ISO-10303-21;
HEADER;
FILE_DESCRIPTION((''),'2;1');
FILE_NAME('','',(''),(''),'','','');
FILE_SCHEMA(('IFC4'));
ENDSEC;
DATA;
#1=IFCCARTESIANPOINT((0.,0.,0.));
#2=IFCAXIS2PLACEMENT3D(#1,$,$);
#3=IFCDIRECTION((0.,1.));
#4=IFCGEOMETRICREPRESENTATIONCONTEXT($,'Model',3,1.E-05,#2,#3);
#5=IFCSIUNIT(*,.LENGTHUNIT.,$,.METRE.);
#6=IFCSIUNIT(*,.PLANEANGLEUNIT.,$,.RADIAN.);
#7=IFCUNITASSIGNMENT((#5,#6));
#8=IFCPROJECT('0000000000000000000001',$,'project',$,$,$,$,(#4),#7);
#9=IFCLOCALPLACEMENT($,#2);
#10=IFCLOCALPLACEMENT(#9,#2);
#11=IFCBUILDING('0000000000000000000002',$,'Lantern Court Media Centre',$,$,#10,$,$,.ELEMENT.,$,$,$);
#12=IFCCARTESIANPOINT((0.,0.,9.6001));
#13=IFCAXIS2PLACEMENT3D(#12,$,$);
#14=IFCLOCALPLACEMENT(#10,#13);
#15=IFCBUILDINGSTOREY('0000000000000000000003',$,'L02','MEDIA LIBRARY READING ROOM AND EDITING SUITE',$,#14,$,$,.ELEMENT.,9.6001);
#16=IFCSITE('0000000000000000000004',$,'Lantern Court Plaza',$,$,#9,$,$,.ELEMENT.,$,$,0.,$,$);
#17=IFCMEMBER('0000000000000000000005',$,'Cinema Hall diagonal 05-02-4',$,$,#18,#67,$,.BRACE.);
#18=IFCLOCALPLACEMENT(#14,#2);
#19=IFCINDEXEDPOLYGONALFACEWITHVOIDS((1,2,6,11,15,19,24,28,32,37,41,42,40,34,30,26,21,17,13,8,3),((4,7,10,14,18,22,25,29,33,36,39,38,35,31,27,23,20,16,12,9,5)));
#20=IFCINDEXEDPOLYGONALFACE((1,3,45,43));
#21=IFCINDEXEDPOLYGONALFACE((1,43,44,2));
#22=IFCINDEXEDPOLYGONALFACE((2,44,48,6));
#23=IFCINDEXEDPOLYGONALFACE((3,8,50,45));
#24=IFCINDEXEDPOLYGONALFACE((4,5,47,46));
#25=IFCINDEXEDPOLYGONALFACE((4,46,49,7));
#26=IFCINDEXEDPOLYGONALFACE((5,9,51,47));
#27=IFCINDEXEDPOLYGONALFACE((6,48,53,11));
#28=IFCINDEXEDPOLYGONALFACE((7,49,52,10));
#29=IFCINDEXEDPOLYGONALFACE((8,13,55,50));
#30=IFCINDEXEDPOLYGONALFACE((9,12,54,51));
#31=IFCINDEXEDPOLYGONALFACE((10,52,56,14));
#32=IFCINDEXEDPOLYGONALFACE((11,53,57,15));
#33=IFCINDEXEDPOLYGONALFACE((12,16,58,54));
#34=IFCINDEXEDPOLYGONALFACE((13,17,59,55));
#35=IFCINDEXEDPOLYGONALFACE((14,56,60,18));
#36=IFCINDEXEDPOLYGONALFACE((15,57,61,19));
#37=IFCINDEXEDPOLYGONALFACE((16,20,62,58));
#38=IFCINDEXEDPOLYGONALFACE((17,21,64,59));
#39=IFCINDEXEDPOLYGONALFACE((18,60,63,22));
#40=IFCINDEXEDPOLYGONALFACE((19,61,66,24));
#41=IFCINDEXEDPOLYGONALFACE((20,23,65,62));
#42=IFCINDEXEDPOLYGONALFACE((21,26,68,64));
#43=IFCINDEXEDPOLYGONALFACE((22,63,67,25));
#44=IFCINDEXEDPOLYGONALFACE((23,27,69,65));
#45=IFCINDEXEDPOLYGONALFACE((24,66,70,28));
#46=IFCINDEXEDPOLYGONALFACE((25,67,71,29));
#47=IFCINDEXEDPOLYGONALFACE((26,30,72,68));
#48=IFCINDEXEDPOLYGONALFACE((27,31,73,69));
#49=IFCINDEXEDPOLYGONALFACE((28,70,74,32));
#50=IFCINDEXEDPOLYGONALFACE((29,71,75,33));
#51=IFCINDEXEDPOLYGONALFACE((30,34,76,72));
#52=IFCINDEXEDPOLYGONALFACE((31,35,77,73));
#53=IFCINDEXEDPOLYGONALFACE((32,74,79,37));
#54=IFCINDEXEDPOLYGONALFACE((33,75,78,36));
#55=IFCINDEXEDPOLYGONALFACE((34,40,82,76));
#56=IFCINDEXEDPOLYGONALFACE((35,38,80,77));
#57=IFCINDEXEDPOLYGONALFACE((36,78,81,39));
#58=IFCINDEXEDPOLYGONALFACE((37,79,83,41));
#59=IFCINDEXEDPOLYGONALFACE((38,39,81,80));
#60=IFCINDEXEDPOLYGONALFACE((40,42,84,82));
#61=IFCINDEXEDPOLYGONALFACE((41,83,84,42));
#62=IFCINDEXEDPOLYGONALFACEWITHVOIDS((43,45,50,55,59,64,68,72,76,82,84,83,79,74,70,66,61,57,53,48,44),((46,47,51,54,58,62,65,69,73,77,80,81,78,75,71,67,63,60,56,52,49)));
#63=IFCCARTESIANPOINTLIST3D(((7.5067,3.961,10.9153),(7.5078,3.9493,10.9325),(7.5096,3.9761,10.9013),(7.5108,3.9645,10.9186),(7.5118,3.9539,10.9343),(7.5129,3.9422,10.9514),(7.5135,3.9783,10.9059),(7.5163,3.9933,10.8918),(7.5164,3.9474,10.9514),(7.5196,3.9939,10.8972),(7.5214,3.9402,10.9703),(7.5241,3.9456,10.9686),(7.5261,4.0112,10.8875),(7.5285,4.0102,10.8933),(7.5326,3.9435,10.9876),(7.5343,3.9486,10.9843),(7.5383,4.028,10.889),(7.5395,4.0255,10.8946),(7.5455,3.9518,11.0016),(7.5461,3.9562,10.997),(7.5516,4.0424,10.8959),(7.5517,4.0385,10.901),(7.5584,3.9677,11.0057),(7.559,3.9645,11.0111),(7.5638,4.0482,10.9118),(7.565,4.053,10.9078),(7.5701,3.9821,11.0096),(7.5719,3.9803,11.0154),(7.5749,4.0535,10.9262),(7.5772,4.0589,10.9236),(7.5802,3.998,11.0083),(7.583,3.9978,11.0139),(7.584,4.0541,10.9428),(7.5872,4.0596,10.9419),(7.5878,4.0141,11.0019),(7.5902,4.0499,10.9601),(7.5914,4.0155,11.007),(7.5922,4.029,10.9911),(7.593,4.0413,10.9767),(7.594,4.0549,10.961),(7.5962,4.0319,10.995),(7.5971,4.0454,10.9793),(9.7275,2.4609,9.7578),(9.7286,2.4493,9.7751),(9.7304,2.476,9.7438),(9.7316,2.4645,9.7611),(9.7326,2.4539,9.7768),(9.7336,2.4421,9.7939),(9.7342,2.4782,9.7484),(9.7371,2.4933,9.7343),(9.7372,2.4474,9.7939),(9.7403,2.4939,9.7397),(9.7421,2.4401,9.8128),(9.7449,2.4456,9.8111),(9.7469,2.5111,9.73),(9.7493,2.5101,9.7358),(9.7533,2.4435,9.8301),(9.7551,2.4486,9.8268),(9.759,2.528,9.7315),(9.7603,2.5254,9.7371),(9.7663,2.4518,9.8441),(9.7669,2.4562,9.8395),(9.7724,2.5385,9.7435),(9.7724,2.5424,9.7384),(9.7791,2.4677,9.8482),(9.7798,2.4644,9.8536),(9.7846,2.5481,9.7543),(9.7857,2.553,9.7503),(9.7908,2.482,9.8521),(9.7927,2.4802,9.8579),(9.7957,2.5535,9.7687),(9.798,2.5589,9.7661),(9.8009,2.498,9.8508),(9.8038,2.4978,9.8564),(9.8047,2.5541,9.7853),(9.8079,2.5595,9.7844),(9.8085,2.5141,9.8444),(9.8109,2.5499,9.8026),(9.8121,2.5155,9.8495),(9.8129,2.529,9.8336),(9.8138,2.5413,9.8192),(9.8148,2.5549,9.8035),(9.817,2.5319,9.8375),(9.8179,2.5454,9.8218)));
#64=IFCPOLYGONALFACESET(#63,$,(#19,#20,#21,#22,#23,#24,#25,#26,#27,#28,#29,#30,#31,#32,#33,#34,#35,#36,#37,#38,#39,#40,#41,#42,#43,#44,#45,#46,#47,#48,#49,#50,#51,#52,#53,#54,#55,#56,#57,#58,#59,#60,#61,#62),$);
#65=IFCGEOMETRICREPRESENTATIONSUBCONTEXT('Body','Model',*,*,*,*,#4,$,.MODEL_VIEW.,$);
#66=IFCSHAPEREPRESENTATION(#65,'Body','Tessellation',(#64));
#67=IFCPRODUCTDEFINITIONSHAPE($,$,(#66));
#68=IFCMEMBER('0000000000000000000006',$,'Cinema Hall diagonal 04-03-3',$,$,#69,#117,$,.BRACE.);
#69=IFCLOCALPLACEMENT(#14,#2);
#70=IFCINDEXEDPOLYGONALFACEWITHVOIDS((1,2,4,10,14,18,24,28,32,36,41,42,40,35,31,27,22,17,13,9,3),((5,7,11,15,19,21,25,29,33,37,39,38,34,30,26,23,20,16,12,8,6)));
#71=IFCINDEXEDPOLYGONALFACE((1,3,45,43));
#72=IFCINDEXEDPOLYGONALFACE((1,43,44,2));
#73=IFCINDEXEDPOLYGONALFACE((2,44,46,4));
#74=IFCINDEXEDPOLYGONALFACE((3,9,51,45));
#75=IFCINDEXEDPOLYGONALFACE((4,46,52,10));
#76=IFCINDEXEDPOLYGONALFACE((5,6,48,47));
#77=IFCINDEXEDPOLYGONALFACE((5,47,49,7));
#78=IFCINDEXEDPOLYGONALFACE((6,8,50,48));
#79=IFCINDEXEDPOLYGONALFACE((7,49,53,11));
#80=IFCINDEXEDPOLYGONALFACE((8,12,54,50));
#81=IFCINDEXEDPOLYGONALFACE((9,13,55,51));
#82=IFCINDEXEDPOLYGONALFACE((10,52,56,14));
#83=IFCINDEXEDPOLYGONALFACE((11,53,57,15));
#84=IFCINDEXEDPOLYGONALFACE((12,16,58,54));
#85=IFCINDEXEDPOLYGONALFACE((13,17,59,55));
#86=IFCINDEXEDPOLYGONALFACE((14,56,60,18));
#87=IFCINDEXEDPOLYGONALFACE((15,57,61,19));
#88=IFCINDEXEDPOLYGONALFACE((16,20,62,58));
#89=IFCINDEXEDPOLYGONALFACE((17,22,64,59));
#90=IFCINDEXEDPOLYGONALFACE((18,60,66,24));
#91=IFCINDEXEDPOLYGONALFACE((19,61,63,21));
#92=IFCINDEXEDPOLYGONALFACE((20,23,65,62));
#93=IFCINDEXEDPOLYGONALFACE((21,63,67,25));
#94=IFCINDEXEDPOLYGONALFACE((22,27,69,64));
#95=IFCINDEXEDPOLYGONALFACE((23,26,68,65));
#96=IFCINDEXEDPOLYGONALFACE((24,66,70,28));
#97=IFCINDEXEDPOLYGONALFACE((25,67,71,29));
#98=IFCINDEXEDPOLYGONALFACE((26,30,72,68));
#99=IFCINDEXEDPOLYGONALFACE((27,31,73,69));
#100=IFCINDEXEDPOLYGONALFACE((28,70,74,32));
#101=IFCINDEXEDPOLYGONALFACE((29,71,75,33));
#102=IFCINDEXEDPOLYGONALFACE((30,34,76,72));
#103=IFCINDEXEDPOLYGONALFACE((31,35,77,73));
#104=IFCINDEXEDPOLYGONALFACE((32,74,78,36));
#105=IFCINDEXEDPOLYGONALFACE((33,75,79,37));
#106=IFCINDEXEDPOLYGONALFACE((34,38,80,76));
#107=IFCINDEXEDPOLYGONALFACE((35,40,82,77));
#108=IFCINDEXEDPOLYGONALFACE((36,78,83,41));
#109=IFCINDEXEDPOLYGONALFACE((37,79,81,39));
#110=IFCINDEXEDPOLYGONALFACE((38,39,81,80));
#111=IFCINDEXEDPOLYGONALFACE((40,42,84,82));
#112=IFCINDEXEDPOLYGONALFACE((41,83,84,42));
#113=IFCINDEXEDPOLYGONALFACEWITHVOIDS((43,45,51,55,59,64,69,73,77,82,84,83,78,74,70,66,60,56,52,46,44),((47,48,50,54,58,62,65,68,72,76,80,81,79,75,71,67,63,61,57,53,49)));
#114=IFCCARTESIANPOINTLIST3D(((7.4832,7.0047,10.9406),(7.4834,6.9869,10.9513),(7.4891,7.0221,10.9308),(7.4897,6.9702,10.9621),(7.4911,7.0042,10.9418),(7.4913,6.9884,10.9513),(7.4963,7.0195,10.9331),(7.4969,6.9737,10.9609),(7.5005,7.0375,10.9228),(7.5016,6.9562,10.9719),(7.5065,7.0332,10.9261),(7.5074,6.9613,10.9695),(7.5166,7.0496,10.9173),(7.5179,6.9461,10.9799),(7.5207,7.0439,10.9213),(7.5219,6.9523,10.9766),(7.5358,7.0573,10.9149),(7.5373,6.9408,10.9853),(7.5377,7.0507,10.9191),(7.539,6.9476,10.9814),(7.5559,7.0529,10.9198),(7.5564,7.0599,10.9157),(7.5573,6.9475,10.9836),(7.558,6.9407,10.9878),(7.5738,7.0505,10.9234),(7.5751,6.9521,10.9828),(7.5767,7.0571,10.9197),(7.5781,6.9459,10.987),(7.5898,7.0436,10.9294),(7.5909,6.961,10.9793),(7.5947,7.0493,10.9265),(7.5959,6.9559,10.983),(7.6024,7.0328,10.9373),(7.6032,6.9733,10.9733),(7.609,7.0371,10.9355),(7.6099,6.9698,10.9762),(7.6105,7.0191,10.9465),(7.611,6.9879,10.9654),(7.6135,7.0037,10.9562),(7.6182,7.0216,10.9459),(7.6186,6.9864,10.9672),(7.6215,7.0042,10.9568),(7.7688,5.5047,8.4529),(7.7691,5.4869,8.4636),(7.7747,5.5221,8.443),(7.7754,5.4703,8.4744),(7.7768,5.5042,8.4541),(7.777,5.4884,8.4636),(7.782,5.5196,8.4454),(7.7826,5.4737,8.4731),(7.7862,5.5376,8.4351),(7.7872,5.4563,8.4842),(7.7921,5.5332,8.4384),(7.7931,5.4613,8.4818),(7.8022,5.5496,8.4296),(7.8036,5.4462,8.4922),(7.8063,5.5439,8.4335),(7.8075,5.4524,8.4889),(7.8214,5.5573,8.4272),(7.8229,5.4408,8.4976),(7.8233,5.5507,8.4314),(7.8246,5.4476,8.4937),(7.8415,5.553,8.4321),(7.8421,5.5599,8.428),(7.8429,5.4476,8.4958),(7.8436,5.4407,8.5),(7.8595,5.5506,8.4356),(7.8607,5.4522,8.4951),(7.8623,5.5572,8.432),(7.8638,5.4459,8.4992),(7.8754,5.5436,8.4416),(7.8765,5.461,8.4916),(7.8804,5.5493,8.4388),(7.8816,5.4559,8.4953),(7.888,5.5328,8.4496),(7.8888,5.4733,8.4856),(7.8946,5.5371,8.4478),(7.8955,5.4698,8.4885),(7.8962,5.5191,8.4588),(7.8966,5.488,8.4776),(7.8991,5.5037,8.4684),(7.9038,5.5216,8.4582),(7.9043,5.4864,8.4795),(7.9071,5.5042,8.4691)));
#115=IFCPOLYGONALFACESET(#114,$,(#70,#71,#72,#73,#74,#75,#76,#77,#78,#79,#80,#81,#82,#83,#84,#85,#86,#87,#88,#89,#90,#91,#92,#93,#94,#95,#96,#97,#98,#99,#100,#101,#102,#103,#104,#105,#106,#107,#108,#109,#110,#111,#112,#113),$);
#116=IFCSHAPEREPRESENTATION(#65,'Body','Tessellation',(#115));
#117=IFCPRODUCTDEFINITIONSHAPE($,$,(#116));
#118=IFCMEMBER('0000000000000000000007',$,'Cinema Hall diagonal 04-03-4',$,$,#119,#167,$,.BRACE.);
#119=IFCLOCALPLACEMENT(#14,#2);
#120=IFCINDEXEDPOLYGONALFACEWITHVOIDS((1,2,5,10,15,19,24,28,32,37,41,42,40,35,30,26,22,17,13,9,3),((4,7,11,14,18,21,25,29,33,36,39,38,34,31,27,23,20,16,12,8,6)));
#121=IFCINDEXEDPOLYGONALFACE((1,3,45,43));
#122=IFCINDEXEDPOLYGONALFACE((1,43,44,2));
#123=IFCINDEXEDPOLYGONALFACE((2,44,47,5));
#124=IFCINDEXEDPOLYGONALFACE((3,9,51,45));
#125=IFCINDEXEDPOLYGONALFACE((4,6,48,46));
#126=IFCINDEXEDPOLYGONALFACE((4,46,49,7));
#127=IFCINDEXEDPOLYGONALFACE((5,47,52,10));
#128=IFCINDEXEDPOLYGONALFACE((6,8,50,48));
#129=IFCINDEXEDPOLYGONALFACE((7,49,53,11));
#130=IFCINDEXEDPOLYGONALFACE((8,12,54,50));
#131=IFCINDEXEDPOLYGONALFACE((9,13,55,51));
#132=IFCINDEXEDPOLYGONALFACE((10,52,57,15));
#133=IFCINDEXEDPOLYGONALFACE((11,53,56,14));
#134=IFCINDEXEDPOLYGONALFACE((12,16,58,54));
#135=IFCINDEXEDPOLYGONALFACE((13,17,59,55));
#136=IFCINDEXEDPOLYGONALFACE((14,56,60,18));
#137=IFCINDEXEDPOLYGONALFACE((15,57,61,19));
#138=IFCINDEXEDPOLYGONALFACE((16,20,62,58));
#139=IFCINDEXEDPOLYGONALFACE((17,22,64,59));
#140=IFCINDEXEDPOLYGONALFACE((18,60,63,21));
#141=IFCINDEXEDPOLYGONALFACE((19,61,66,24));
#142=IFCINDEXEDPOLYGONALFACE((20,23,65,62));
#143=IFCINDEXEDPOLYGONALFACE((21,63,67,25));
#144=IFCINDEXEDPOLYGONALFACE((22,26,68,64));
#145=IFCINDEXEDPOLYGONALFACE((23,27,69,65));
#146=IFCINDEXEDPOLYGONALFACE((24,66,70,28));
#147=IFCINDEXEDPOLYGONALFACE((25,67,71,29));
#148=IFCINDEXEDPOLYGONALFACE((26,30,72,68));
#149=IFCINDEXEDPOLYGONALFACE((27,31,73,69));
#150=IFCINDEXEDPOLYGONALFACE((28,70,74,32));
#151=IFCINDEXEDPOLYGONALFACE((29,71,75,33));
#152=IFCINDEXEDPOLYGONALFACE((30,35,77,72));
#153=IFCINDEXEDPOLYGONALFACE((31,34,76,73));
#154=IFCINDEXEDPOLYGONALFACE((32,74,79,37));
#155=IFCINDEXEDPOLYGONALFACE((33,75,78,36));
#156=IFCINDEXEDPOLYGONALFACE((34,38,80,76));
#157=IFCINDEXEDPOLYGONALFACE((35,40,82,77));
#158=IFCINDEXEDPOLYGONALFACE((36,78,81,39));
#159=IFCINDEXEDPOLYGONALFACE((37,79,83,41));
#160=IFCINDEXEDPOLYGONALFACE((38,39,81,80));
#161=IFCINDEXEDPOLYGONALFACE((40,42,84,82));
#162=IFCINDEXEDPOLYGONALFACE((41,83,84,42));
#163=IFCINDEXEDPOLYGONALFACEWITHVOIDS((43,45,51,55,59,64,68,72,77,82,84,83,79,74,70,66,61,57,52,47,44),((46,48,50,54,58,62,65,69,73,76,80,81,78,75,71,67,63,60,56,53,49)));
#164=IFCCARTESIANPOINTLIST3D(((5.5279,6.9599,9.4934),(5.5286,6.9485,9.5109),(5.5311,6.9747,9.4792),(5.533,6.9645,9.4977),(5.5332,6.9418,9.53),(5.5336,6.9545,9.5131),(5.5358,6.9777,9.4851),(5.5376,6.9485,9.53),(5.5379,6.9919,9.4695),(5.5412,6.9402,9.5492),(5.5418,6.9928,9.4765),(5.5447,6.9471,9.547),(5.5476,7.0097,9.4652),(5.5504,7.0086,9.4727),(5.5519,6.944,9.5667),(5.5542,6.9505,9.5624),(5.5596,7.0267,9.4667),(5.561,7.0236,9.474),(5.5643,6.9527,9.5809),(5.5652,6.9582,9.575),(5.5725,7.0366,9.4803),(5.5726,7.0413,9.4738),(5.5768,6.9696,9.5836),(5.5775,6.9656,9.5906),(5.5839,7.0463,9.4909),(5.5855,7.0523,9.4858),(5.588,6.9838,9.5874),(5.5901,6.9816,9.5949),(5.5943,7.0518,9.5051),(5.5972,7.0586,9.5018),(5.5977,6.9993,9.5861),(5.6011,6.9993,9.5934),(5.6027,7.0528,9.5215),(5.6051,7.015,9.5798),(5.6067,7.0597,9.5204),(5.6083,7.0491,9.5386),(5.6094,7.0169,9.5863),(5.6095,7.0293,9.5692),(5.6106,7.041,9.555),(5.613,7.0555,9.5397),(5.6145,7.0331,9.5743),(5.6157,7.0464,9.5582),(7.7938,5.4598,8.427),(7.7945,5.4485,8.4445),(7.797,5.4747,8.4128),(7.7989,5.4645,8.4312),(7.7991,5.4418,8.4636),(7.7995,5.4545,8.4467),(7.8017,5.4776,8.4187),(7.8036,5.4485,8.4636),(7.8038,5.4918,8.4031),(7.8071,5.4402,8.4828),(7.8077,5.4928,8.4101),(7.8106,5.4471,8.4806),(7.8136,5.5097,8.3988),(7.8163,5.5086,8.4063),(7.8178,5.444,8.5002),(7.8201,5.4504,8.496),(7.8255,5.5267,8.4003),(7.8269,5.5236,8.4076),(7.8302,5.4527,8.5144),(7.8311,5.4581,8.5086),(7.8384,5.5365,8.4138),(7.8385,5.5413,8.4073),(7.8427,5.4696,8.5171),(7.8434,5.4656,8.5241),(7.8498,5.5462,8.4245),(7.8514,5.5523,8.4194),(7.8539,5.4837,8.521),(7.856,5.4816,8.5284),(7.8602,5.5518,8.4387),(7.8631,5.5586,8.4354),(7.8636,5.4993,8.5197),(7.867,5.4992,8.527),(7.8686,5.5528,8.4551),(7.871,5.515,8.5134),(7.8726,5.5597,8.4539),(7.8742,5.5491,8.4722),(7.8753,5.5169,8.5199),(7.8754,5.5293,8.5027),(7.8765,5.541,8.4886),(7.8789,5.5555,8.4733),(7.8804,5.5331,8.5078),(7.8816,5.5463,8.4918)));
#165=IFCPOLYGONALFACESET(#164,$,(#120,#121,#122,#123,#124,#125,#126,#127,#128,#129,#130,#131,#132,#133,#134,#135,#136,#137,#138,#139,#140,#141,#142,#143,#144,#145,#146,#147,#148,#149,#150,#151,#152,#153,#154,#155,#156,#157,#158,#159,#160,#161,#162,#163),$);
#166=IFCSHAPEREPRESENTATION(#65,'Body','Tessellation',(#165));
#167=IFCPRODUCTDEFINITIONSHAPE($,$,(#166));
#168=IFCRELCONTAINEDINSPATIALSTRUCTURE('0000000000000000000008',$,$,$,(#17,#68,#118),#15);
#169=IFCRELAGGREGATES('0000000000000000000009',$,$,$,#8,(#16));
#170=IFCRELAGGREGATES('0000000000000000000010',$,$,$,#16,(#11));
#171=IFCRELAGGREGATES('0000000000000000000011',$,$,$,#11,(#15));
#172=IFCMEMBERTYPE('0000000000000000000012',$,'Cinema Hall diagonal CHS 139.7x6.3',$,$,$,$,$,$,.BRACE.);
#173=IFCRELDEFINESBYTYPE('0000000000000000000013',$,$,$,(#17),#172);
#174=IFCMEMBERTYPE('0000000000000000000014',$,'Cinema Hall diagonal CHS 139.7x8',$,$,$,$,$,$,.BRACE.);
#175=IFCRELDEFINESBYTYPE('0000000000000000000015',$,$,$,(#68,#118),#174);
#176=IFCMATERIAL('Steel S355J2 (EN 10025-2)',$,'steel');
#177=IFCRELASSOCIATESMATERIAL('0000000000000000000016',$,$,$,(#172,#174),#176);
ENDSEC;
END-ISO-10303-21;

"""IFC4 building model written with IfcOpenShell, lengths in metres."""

from ifc_helpers import new_model, si_unit, direction, frame, origin, origin_2d, place, context, subcontext, project, spatial, hollow_circle, extrude, material, material_profile, profile_set, type_object, element, save


model = new_model("IFC4")

# Units and contexts
model_context = context("Model", 3, precision=1e-05, world=origin(), true_north=direction((0.0, 1.0)))
body_context = subcontext(model_context, "Body", "Model", "MODEL_VIEW")
ifc_project = project(units=[si_unit("LENGTHUNIT", "METRE"), si_unit("PLANEANGLEUNIT", "RADIAN")], contexts=[model_context])

# Site, building, storey
site_placement = place(None, origin())
site = spatial("IfcSite", under=ifc_project, at=site_placement, Name="Lantern Court Plaza", CompositionType="ELEMENT", RefElevation=0.0)
building_placement = place(site_placement, origin())
building = spatial("IfcBuilding", under=site, at=building_placement, Name="Lantern Court Media Centre", CompositionType="ELEMENT")
storey_placement = place(building_placement, frame((0.0, 0.0, 9.6001)))
storey = spatial("IfcBuildingStorey", under=building, at=storey_placement, Name="L02", Description="MEDIA LIBRARY READING ROOM AND EDITING SUITE", CompositionType="ELEMENT", Elevation=9.6001)

# Members
ifc_material = material(Name="Steel S355J2 (EN 10025-2)", Category="steel")
ifc_material_profile_1 = material_profile(ifc_material, hollow_circle(Radius=0.0698, WallThickness=0.0063, at=origin_2d()), Name="Cinema Hall diagonal CHS 139.7x6.3")
ifc_profile_set_1 = profile_set([ifc_material_profile_1], Name="Steel S355J2 (EN 10025-2)")
member_type_1 = type_object("IfcMemberType", Name="Cinema Hall diagonal CHS 139.7x6.3", PredefinedType="BRACE", material=ifc_profile_set_1)
member_1_placement = place(storey_placement, frame((9.7727, 2.5, 9.7939), z_axis=(-0.760744, 0.513854, 0.396514), x_axis=(-0.559736, -0.828671, 0.0)))
element("IfcMember", 1, at=member_1_placement, inside=storey, type_object=member_type_1, Name="Cinema Hall diagonal 05-02-4", PredefinedType="BRACE", context=body_context, shape_type="SweptSolid", body=[
    extrude(hollow_circle(Radius=0.0698, WallThickness=0.0063, at=origin_2d()), origin(), (0.0, 0.0, 1.0), 2.9192),
])
ifc_material_profile_2 = material_profile(ifc_material, hollow_circle(Radius=0.0698, WallThickness=0.0081, at=origin_2d()), Name="Cinema Hall diagonal CHS 139.7x8")
ifc_profile_set_2 = profile_set([ifc_material_profile_2], Name="Steel S355J2 (EN 10025-2)")
member_type_2 = type_object("IfcMemberType", Name="Cinema Hall diagonal CHS 139.7x8", PredefinedType="BRACE", material=ifc_profile_set_2)
member_2_placement = place(storey_placement, frame((7.8376, 5.5, 8.4636), z_axis=(-0.097856, 0.51387, 0.852268), x_axis=(-0.982347, -0.187068, 0.0)))
element("IfcMember", 2, at=member_2_placement, inside=storey, type_object=member_type_2, Name="Cinema Hall diagonal 04-03-3", PredefinedType="BRACE", context=body_context, shape_type="SweptSolid", body=[
    extrude(hollow_circle(Radius=0.0698, WallThickness=0.0081, at=origin_2d()), origin(), (0.0, 0.0, 1.0), 2.9189),
])
for number, where, z_axis, x_axis, name in (
    (3, (7.8376, 5.5, 8.4636), (-0.776211, 0.51385, 0.365315), (-0.552002, -0.833843, 0.0), "Cinema Hall diagonal 04-03-4"),
):
    element("IfcMember", number, at=place(storey_placement, frame(where, z_axis=z_axis, x_axis=x_axis)), inside=storey, type_object=member_type_2, Name=name, PredefinedType="BRACE", context=body_context, shape_type="SweptSolid", body=[
        extrude(hollow_circle(Radius=0.0698, WallThickness=0.0081, at=origin_2d()), origin(), (0.0, 0.0, 1.0), 2.9192),
    ])

save(model, "model.ifc")
